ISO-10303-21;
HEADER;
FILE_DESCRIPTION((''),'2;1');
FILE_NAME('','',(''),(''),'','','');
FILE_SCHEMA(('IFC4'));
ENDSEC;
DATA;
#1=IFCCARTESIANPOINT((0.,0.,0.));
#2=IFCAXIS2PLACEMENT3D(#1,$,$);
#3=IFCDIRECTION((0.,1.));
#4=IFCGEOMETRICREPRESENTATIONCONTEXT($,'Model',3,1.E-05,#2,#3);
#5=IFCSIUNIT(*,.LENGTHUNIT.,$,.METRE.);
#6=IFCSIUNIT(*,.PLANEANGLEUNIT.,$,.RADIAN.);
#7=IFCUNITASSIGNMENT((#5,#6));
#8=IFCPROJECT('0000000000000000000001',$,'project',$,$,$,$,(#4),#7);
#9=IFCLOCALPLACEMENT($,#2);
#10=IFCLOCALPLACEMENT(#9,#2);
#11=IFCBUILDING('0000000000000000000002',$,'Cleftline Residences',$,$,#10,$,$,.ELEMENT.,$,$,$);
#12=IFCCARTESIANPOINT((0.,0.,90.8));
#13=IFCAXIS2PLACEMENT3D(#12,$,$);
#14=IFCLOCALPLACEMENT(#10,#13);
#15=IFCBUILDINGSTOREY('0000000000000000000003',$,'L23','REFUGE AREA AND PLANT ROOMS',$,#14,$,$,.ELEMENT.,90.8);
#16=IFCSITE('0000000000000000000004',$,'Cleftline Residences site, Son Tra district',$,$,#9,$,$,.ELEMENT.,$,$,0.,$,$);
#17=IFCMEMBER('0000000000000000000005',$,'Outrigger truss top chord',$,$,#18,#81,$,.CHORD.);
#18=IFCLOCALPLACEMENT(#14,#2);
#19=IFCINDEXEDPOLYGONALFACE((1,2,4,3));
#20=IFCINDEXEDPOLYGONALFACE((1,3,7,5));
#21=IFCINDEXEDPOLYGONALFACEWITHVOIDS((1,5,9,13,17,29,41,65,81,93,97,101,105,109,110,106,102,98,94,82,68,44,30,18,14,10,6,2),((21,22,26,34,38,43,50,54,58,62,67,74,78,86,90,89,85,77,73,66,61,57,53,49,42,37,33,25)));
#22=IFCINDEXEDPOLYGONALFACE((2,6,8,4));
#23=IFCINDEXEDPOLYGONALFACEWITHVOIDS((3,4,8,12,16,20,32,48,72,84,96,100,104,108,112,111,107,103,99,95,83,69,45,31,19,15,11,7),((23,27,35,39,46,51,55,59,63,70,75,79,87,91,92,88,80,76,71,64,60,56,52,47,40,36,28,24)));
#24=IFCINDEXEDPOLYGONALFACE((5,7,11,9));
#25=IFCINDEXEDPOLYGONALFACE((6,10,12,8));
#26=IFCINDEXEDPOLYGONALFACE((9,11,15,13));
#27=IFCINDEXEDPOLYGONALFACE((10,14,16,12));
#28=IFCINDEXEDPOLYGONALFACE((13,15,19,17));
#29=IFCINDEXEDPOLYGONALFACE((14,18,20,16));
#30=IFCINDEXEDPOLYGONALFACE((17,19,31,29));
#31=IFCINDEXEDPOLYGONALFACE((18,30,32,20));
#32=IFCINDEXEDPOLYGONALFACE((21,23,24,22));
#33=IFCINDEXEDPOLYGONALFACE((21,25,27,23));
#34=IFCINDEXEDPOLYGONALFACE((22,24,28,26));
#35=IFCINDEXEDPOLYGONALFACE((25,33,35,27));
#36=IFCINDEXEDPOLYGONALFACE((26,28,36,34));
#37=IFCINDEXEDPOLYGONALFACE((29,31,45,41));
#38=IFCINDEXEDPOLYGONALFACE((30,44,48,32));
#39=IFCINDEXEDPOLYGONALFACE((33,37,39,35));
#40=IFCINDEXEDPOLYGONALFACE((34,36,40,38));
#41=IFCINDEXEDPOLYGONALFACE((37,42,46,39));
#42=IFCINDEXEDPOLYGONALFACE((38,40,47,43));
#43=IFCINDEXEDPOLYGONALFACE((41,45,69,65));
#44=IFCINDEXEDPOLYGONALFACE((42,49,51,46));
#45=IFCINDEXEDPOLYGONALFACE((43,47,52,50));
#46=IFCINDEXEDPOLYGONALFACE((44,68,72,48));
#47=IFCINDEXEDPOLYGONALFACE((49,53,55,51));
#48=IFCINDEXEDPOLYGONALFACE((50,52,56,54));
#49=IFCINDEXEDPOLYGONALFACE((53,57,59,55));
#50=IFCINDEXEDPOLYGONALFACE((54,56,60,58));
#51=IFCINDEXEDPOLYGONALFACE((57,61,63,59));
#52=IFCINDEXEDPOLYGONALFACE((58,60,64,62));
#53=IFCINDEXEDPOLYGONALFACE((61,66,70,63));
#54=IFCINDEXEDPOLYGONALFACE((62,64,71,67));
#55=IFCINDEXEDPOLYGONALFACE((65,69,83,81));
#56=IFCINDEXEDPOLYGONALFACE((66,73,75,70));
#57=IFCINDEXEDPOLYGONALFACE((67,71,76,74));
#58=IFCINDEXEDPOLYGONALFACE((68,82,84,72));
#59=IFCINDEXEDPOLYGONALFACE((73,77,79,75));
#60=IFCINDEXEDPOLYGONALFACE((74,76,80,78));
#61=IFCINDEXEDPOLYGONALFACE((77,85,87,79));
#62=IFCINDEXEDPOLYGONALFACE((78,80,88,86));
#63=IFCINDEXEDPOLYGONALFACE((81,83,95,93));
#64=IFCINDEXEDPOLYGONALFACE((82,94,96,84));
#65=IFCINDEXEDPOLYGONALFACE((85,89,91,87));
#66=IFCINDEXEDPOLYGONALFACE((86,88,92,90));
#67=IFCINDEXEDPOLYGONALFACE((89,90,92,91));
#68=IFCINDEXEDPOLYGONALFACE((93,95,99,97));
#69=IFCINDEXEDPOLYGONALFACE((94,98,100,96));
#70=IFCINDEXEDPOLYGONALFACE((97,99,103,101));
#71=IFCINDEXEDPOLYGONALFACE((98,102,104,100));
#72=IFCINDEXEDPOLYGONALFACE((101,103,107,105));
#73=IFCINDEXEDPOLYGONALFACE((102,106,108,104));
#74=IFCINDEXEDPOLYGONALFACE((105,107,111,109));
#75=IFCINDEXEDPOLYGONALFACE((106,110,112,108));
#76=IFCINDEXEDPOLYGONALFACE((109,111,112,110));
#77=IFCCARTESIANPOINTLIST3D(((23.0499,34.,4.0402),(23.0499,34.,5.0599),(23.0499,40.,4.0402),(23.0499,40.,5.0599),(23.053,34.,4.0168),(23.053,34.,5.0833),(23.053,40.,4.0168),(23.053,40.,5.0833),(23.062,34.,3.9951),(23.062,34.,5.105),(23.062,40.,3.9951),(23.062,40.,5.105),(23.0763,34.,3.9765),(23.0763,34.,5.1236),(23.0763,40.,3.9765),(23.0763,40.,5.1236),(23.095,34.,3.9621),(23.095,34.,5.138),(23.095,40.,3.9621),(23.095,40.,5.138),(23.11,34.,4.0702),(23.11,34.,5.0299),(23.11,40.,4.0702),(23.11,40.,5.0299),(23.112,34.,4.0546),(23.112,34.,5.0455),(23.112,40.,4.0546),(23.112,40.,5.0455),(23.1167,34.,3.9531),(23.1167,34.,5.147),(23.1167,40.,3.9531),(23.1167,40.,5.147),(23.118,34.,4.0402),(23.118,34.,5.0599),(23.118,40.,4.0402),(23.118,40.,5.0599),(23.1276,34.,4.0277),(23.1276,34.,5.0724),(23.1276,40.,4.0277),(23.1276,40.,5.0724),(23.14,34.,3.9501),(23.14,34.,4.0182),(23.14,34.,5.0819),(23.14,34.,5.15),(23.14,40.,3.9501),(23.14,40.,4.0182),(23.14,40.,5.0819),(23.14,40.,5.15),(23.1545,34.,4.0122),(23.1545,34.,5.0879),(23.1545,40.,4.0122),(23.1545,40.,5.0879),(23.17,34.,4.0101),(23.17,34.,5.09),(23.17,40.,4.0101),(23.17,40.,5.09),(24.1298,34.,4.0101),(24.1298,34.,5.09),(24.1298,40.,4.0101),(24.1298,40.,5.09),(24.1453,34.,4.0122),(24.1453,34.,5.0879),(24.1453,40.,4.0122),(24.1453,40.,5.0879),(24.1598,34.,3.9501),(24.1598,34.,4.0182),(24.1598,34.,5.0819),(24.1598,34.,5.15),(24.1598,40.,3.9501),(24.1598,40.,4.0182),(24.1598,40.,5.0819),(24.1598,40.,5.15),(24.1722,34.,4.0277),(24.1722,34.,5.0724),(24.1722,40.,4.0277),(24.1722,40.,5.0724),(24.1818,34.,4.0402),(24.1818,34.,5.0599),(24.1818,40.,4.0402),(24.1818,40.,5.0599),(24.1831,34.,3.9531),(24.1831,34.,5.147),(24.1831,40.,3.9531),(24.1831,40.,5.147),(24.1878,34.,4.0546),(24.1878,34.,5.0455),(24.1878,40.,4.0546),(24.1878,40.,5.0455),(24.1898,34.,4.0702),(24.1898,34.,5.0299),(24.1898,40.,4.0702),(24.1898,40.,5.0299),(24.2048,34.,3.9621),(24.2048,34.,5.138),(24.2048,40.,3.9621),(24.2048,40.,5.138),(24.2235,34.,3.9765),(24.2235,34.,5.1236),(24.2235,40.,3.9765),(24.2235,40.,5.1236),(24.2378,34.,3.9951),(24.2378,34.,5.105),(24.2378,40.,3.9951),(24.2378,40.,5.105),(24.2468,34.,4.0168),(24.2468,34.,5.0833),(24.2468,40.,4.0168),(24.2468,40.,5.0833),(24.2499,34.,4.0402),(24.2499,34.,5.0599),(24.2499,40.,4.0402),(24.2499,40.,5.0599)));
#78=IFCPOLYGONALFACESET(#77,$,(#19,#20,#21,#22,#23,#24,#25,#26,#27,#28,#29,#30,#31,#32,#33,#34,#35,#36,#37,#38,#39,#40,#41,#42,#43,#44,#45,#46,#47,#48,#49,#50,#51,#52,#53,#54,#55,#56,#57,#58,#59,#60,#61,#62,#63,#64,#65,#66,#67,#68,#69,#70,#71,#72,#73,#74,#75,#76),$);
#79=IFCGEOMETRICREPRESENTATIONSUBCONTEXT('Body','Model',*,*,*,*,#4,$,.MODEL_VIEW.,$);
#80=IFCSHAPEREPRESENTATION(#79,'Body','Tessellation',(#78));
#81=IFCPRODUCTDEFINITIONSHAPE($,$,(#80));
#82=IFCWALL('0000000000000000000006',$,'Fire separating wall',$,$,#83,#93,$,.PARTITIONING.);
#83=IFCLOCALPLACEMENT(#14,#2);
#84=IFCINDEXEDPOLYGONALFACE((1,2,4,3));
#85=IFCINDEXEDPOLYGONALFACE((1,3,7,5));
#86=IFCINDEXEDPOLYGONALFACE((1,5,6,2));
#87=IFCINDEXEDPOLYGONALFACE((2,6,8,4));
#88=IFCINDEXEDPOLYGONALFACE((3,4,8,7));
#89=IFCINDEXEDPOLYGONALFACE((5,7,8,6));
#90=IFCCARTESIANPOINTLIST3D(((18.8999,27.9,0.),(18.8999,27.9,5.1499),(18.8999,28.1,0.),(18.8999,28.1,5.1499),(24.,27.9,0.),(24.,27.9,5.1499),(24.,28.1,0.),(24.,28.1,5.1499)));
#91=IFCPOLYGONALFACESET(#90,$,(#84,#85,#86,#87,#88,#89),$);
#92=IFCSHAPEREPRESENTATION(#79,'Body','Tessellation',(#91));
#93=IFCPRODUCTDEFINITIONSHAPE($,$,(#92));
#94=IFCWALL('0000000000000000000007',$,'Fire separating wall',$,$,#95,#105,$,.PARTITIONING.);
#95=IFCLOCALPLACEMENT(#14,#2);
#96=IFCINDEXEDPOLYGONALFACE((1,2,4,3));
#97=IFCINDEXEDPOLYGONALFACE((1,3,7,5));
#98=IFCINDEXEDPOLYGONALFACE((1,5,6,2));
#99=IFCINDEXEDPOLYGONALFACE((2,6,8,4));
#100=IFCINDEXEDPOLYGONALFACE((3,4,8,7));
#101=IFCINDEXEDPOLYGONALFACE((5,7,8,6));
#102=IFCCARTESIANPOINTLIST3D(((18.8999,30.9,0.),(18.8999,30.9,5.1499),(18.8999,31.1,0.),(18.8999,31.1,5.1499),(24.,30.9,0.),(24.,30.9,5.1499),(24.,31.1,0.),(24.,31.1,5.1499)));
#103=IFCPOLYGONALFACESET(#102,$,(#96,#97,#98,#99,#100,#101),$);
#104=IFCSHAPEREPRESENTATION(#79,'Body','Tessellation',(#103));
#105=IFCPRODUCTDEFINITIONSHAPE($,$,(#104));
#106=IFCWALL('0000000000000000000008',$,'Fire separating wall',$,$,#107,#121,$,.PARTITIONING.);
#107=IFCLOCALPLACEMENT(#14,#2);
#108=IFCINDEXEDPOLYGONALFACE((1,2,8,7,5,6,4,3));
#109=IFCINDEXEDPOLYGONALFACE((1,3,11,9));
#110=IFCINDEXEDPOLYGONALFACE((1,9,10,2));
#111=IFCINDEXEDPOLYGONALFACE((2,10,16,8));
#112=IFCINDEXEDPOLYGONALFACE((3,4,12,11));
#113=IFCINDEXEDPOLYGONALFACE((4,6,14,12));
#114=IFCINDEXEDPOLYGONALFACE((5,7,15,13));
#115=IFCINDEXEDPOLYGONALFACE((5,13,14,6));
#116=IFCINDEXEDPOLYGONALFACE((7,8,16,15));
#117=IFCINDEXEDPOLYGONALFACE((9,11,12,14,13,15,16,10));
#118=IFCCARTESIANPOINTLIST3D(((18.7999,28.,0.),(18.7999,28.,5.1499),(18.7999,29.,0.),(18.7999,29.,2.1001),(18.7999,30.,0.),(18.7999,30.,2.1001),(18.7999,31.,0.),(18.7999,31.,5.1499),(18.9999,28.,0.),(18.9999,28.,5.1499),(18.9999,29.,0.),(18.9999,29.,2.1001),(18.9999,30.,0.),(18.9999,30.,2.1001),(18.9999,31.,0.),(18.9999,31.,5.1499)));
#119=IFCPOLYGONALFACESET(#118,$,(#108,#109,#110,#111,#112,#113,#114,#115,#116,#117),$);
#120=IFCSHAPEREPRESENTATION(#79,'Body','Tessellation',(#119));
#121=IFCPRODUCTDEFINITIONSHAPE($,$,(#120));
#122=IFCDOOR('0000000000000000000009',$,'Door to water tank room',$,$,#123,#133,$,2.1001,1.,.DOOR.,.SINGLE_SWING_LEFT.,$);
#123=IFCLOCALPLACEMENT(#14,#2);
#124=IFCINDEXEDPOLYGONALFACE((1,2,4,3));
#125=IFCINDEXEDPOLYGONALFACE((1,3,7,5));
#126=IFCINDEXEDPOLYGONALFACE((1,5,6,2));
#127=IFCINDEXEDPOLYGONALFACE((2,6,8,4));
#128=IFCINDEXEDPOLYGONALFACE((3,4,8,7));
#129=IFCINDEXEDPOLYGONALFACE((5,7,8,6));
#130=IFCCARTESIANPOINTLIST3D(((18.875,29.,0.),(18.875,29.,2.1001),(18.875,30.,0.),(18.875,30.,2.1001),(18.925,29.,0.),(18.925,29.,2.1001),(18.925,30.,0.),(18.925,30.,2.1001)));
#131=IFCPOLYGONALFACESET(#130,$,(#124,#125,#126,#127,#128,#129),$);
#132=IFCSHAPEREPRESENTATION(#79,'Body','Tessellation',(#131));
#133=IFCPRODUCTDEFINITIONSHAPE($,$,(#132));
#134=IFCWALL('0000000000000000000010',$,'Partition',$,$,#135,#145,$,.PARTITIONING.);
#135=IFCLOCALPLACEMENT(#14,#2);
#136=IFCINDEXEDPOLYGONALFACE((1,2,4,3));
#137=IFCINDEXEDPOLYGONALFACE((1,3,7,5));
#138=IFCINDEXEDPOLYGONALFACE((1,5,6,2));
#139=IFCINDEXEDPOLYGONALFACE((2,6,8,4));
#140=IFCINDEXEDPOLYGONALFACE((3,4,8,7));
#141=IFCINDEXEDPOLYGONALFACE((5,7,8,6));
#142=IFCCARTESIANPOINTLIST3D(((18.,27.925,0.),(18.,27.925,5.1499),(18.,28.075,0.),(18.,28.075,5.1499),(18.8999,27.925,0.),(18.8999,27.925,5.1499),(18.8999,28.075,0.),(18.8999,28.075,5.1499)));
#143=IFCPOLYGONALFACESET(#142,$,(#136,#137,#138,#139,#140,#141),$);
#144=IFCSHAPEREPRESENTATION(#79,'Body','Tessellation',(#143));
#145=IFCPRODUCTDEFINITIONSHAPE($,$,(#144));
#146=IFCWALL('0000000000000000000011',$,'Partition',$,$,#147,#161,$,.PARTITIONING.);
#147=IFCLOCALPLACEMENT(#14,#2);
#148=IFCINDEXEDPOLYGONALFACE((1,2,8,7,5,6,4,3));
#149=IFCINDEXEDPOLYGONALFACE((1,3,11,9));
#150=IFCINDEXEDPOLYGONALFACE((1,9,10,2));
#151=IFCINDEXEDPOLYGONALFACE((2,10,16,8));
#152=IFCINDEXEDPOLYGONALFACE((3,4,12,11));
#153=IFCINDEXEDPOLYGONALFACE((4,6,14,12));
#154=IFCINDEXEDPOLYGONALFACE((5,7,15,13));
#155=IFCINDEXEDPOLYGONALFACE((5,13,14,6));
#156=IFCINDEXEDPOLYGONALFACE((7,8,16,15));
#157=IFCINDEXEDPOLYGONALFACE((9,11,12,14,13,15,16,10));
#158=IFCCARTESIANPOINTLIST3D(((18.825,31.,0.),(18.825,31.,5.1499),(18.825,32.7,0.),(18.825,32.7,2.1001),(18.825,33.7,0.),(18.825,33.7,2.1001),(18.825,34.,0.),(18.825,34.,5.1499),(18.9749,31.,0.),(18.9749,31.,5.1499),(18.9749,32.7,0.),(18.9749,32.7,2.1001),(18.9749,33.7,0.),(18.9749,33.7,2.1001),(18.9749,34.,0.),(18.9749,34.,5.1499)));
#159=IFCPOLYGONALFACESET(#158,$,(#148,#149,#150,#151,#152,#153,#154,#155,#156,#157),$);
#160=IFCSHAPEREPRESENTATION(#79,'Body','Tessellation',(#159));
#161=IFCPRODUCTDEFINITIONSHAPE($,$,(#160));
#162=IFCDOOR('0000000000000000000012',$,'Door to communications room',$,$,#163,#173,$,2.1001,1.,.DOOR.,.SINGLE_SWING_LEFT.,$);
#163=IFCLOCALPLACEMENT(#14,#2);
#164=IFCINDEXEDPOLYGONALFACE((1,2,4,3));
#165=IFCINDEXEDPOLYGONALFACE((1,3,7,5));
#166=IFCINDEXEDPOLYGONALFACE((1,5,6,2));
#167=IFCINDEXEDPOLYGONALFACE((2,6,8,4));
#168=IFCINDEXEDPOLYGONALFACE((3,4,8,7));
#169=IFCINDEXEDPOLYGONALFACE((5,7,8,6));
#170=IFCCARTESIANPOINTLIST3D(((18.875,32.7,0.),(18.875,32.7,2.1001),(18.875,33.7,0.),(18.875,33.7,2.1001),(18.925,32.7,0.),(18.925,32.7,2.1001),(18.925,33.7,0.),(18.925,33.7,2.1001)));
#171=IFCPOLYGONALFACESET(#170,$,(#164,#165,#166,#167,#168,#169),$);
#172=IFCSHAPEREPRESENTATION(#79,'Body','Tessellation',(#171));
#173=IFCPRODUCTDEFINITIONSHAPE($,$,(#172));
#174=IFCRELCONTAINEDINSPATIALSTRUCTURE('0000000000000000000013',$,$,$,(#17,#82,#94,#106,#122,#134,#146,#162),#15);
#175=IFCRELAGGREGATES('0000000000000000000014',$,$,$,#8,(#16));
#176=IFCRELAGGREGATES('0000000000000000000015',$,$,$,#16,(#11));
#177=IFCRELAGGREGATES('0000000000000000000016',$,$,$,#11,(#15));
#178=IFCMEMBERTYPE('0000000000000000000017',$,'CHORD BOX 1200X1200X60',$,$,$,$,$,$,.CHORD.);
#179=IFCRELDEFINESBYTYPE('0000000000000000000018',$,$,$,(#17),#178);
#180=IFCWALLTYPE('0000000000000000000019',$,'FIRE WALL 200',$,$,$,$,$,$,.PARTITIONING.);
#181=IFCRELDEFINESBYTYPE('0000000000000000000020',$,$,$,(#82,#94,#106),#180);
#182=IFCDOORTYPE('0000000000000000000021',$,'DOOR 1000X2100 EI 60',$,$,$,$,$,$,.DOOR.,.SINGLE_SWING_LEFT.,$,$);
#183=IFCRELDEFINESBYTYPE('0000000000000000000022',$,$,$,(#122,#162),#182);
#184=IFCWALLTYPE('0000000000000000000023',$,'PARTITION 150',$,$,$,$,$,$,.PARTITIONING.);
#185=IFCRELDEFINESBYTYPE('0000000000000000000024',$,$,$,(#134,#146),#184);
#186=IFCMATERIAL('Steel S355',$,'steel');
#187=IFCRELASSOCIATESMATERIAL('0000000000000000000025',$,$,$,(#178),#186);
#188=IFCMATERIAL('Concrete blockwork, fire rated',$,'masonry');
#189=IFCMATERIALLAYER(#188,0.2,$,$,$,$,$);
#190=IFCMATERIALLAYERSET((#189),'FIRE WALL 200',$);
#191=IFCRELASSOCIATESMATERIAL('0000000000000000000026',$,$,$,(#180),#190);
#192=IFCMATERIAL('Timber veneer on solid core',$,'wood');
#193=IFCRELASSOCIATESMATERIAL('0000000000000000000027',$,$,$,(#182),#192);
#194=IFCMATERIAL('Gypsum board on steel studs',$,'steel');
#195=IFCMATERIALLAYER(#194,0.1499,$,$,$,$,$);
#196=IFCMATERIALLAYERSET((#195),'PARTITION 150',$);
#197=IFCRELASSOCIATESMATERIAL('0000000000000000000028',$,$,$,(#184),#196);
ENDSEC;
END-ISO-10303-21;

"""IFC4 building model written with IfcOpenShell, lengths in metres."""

from ifc_helpers import new_model, si_unit, direction, frame, frame_2d, origin, origin_2d, place, context, subcontext, project, spatial, rectangle, hollow_rectangle, extrude, material, layer, layer_set, material_profile, profile_set, type_object, element, fill, save


model = new_model("IFC4")

# Units and contexts
model_context = context("Model", 3, precision=1e-05, world=origin(), true_north=direction((0.0, 1.0)))
body_context = subcontext(model_context, "Body", "Model", "MODEL_VIEW")
ifc_project = project(units=[si_unit("LENGTHUNIT", "METRE"), si_unit("PLANEANGLEUNIT", "RADIAN")], contexts=[model_context])

# Site, building, storey
site_placement = place(None, origin())
site = spatial("IfcSite", under=ifc_project, at=site_placement, Name="Cleftline Residences site, Son Tra district", CompositionType="ELEMENT", RefElevation=0.0)
building_placement = place(site_placement, origin())
building = spatial("IfcBuilding", under=site, at=building_placement, Name="Cleftline Residences", CompositionType="ELEMENT")
storey_placement = place(building_placement, frame((0.0, 0.0, 90.8)))
storey = spatial("IfcBuildingStorey", under=building, at=storey_placement, Name="L23", Description="REFUGE AREA AND PLANT ROOMS", CompositionType="ELEMENT", Elevation=90.8)

# Member
ifc_material_1 = material(Name="Steel S355", Category="steel")
ifc_material_profile_1 = material_profile(ifc_material_1, hollow_rectangle(XDim=1.2, YDim=1.2, WallThickness=0.0601, InnerFilletRadius=0.0601, OuterFilletRadius=0.0901, at=origin_2d()))
ifc_profile_set_1 = profile_set([ifc_material_profile_1], Name="Steel S355")
member_type_1 = type_object("IfcMemberType", Name="CHORD BOX 1200X1200X60", PredefinedType="CHORD", material=ifc_profile_set_1)
for number, where, z_axis, x_axis, name in (
    (1, (23.6499, 40.0, 4.55), (0.0, -1.0, 0.0), (1.0, 0.0, 0.0), "Outrigger truss top chord"),
):
    element("IfcMember", number, at=place(storey_placement, frame(where, z_axis=z_axis, x_axis=x_axis)), inside=storey, type_object=member_type_1, Name=name, PredefinedType="CHORD", context=body_context, shape_type="SweptSolid", body=[
        extrude(hollow_rectangle(XDim=1.2, YDim=1.2, WallThickness=0.0601, InnerFilletRadius=0.0601, OuterFilletRadius=0.0901, at=origin_2d()), origin(), (0.0, 0.0, 1.0), 6.0),
    ])

# Walls
ifc_material_2 = material(Name="Concrete blockwork, fire rated", Category="masonry")
ifc_layer_1 = layer(ifc_material_2, 0.2)
ifc_layer_set_1 = layer_set([ifc_layer_1], Name="FIRE WALL 200")
wall_type_1 = type_object("IfcWallType", Name="FIRE WALL 200", PredefinedType="PARTITIONING", material=ifc_layer_set_1)
for number, where, z_axis, x_axis, name in (
    (2, (18.8999, 28.0, 0.0), (0.0, 0.0, 1.0), (1.0, 0.0, 0.0), "Fire separating wall"),
    (3, (18.8999, 31.0, 0.0), (0.0, 0.0, 1.0), (1.0, 0.0, 0.0), "Fire separating wall"),
):
    element("IfcWall", number, at=place(storey_placement, frame(where, z_axis=z_axis, x_axis=x_axis)), inside=storey, type_object=wall_type_1, Name=name, PredefinedType="PARTITIONING", context=body_context, shape_type="SweptSolid", body=[
        extrude(rectangle(XDim=5.1001, YDim=0.2, at=frame_2d((2.55, 0.0))), origin(), (0.0, 0.0, 1.0), 5.1499),
    ])

# Wall, opening, door
wall_1_placement = place(storey_placement, frame((18.8999, 28.0, 0.0), z_axis=(0.0, 0.0, 1.0), x_axis=(0.0, 1.0, 0.0)))
wall_1 = element("IfcWall", 4, at=wall_1_placement, inside=storey, type_object=wall_type_1, Name="Fire separating wall", PredefinedType="PARTITIONING", context=body_context, shape_type="SweptSolid", body=[
    extrude(rectangle(XDim=3.0, YDim=0.2, at=frame_2d((1.5, 0.0))), origin(), (0.0, 0.0, 1.0), 5.1499),
])
opening_1_placement = place(wall_1_placement, frame((1.0, 0.0, 0.0)))
opening_1 = element("IfcOpeningElement", 5, at=opening_1_placement, cuts=wall_1, PredefinedType="OPENING", context=body_context, shape_type="SweptSolid", body=[
    extrude(rectangle(XDim=1.0, YDim=2.1001, at=frame_2d((0.5, 1.05))), frame((0.0, 0.1099, 0.0), z_axis=(0.0, -1.0, 0.0), x_axis=(1.0, 0.0, 0.0)), (0.0, 0.0, 1.0), 0.22),
])
ifc_material_3 = material(Name="Timber veneer on solid core", Category="wood")
door_type = type_object("IfcDoorType", Name="DOOR 1000X2100 EI 60", OperationType="SINGLE_SWING_LEFT", PredefinedType="DOOR", material=ifc_material_3)
door_1_placement = place(opening_1_placement, origin())
door_1 = element("IfcDoor", 6, at=door_1_placement, inside=storey, type_object=door_type, Name="Door to water tank room", OperationType="SINGLE_SWING_LEFT", OverallHeight=2.1001, OverallWidth=1.0, PredefinedType="DOOR", context=body_context, shape_type="SweptSolid", body=[
    extrude(rectangle(XDim=1.0, YDim=2.1001, at=frame_2d((0.5, 1.05))), frame((0.0, 0.0249, 0.0), z_axis=(0.0, -1.0, 0.0), x_axis=(1.0, 0.0, 0.0)), (0.0, 0.0, 1.0), 0.05),
])
fill(opening_1, door_1)

# Wall
ifc_material_4 = material(Name="Gypsum board on steel studs", Category="steel")
ifc_layer_2 = layer(ifc_material_4, 0.1499)
ifc_layer_set_2 = layer_set([ifc_layer_2], Name="PARTITION 150")
wall_type_2 = type_object("IfcWallType", Name="PARTITION 150", PredefinedType="PARTITIONING", material=ifc_layer_set_2)
wall_2_placement = place(storey_placement, frame((18.0, 28.0, 0.0), z_axis=(0.0, 0.0, 1.0), x_axis=(1.0, 0.0, 0.0)))
element("IfcWall", 7, at=wall_2_placement, inside=storey, type_object=wall_type_2, Name="Partition", PredefinedType="PARTITIONING", context=body_context, shape_type="SweptSolid", body=[
    extrude(rectangle(XDim=0.8999, YDim=0.1499, at=frame_2d((0.45, 0.0))), origin(), (0.0, 0.0, 1.0), 5.1499),
])

# Wall, opening, door
wall_3_placement = place(storey_placement, frame((18.8999, 31.0, 0.0), z_axis=(0.0, 0.0, 1.0), x_axis=(0.0, 1.0, 0.0)))
wall_3 = element("IfcWall", 8, at=wall_3_placement, inside=storey, type_object=wall_type_2, Name="Partition", PredefinedType="PARTITIONING", context=body_context, shape_type="SweptSolid", body=[
    extrude(rectangle(XDim=3.0, YDim=0.1499, at=frame_2d((1.5, 0.0))), origin(), (0.0, 0.0, 1.0), 5.1499),
])
opening_2_placement = place(wall_3_placement, frame((1.7, 0.0, 0.0)))
opening_2 = element("IfcOpeningElement", 9, at=opening_2_placement, cuts=wall_3, PredefinedType="OPENING", context=body_context, shape_type="SweptSolid", body=[
    extrude(rectangle(XDim=1.0, YDim=2.1001, at=frame_2d((0.5, 1.05))), frame((0.0, 0.085, 0.0), z_axis=(0.0, -1.0, 0.0), x_axis=(1.0, 0.0, 0.0)), (0.0, 0.0, 1.0), 0.1699),
])
door_2_placement = place(opening_2_placement, origin())
door_2 = element("IfcDoor", 10, at=door_2_placement, inside=storey, type_object=door_type, Name="Door to communications room", OperationType="SINGLE_SWING_LEFT", OverallHeight=2.1001, OverallWidth=1.0, PredefinedType="DOOR", context=body_context, shape_type="SweptSolid", body=[
    extrude(rectangle(XDim=1.0, YDim=2.1001, at=frame_2d((0.5, 1.05))), frame((0.0, 0.0249, 0.0), z_axis=(0.0, -1.0, 0.0), x_axis=(1.0, 0.0, 0.0)), (0.0, 0.0, 1.0), 0.05),
])
fill(opening_2, door_2)

save(model, "model.ifc")
